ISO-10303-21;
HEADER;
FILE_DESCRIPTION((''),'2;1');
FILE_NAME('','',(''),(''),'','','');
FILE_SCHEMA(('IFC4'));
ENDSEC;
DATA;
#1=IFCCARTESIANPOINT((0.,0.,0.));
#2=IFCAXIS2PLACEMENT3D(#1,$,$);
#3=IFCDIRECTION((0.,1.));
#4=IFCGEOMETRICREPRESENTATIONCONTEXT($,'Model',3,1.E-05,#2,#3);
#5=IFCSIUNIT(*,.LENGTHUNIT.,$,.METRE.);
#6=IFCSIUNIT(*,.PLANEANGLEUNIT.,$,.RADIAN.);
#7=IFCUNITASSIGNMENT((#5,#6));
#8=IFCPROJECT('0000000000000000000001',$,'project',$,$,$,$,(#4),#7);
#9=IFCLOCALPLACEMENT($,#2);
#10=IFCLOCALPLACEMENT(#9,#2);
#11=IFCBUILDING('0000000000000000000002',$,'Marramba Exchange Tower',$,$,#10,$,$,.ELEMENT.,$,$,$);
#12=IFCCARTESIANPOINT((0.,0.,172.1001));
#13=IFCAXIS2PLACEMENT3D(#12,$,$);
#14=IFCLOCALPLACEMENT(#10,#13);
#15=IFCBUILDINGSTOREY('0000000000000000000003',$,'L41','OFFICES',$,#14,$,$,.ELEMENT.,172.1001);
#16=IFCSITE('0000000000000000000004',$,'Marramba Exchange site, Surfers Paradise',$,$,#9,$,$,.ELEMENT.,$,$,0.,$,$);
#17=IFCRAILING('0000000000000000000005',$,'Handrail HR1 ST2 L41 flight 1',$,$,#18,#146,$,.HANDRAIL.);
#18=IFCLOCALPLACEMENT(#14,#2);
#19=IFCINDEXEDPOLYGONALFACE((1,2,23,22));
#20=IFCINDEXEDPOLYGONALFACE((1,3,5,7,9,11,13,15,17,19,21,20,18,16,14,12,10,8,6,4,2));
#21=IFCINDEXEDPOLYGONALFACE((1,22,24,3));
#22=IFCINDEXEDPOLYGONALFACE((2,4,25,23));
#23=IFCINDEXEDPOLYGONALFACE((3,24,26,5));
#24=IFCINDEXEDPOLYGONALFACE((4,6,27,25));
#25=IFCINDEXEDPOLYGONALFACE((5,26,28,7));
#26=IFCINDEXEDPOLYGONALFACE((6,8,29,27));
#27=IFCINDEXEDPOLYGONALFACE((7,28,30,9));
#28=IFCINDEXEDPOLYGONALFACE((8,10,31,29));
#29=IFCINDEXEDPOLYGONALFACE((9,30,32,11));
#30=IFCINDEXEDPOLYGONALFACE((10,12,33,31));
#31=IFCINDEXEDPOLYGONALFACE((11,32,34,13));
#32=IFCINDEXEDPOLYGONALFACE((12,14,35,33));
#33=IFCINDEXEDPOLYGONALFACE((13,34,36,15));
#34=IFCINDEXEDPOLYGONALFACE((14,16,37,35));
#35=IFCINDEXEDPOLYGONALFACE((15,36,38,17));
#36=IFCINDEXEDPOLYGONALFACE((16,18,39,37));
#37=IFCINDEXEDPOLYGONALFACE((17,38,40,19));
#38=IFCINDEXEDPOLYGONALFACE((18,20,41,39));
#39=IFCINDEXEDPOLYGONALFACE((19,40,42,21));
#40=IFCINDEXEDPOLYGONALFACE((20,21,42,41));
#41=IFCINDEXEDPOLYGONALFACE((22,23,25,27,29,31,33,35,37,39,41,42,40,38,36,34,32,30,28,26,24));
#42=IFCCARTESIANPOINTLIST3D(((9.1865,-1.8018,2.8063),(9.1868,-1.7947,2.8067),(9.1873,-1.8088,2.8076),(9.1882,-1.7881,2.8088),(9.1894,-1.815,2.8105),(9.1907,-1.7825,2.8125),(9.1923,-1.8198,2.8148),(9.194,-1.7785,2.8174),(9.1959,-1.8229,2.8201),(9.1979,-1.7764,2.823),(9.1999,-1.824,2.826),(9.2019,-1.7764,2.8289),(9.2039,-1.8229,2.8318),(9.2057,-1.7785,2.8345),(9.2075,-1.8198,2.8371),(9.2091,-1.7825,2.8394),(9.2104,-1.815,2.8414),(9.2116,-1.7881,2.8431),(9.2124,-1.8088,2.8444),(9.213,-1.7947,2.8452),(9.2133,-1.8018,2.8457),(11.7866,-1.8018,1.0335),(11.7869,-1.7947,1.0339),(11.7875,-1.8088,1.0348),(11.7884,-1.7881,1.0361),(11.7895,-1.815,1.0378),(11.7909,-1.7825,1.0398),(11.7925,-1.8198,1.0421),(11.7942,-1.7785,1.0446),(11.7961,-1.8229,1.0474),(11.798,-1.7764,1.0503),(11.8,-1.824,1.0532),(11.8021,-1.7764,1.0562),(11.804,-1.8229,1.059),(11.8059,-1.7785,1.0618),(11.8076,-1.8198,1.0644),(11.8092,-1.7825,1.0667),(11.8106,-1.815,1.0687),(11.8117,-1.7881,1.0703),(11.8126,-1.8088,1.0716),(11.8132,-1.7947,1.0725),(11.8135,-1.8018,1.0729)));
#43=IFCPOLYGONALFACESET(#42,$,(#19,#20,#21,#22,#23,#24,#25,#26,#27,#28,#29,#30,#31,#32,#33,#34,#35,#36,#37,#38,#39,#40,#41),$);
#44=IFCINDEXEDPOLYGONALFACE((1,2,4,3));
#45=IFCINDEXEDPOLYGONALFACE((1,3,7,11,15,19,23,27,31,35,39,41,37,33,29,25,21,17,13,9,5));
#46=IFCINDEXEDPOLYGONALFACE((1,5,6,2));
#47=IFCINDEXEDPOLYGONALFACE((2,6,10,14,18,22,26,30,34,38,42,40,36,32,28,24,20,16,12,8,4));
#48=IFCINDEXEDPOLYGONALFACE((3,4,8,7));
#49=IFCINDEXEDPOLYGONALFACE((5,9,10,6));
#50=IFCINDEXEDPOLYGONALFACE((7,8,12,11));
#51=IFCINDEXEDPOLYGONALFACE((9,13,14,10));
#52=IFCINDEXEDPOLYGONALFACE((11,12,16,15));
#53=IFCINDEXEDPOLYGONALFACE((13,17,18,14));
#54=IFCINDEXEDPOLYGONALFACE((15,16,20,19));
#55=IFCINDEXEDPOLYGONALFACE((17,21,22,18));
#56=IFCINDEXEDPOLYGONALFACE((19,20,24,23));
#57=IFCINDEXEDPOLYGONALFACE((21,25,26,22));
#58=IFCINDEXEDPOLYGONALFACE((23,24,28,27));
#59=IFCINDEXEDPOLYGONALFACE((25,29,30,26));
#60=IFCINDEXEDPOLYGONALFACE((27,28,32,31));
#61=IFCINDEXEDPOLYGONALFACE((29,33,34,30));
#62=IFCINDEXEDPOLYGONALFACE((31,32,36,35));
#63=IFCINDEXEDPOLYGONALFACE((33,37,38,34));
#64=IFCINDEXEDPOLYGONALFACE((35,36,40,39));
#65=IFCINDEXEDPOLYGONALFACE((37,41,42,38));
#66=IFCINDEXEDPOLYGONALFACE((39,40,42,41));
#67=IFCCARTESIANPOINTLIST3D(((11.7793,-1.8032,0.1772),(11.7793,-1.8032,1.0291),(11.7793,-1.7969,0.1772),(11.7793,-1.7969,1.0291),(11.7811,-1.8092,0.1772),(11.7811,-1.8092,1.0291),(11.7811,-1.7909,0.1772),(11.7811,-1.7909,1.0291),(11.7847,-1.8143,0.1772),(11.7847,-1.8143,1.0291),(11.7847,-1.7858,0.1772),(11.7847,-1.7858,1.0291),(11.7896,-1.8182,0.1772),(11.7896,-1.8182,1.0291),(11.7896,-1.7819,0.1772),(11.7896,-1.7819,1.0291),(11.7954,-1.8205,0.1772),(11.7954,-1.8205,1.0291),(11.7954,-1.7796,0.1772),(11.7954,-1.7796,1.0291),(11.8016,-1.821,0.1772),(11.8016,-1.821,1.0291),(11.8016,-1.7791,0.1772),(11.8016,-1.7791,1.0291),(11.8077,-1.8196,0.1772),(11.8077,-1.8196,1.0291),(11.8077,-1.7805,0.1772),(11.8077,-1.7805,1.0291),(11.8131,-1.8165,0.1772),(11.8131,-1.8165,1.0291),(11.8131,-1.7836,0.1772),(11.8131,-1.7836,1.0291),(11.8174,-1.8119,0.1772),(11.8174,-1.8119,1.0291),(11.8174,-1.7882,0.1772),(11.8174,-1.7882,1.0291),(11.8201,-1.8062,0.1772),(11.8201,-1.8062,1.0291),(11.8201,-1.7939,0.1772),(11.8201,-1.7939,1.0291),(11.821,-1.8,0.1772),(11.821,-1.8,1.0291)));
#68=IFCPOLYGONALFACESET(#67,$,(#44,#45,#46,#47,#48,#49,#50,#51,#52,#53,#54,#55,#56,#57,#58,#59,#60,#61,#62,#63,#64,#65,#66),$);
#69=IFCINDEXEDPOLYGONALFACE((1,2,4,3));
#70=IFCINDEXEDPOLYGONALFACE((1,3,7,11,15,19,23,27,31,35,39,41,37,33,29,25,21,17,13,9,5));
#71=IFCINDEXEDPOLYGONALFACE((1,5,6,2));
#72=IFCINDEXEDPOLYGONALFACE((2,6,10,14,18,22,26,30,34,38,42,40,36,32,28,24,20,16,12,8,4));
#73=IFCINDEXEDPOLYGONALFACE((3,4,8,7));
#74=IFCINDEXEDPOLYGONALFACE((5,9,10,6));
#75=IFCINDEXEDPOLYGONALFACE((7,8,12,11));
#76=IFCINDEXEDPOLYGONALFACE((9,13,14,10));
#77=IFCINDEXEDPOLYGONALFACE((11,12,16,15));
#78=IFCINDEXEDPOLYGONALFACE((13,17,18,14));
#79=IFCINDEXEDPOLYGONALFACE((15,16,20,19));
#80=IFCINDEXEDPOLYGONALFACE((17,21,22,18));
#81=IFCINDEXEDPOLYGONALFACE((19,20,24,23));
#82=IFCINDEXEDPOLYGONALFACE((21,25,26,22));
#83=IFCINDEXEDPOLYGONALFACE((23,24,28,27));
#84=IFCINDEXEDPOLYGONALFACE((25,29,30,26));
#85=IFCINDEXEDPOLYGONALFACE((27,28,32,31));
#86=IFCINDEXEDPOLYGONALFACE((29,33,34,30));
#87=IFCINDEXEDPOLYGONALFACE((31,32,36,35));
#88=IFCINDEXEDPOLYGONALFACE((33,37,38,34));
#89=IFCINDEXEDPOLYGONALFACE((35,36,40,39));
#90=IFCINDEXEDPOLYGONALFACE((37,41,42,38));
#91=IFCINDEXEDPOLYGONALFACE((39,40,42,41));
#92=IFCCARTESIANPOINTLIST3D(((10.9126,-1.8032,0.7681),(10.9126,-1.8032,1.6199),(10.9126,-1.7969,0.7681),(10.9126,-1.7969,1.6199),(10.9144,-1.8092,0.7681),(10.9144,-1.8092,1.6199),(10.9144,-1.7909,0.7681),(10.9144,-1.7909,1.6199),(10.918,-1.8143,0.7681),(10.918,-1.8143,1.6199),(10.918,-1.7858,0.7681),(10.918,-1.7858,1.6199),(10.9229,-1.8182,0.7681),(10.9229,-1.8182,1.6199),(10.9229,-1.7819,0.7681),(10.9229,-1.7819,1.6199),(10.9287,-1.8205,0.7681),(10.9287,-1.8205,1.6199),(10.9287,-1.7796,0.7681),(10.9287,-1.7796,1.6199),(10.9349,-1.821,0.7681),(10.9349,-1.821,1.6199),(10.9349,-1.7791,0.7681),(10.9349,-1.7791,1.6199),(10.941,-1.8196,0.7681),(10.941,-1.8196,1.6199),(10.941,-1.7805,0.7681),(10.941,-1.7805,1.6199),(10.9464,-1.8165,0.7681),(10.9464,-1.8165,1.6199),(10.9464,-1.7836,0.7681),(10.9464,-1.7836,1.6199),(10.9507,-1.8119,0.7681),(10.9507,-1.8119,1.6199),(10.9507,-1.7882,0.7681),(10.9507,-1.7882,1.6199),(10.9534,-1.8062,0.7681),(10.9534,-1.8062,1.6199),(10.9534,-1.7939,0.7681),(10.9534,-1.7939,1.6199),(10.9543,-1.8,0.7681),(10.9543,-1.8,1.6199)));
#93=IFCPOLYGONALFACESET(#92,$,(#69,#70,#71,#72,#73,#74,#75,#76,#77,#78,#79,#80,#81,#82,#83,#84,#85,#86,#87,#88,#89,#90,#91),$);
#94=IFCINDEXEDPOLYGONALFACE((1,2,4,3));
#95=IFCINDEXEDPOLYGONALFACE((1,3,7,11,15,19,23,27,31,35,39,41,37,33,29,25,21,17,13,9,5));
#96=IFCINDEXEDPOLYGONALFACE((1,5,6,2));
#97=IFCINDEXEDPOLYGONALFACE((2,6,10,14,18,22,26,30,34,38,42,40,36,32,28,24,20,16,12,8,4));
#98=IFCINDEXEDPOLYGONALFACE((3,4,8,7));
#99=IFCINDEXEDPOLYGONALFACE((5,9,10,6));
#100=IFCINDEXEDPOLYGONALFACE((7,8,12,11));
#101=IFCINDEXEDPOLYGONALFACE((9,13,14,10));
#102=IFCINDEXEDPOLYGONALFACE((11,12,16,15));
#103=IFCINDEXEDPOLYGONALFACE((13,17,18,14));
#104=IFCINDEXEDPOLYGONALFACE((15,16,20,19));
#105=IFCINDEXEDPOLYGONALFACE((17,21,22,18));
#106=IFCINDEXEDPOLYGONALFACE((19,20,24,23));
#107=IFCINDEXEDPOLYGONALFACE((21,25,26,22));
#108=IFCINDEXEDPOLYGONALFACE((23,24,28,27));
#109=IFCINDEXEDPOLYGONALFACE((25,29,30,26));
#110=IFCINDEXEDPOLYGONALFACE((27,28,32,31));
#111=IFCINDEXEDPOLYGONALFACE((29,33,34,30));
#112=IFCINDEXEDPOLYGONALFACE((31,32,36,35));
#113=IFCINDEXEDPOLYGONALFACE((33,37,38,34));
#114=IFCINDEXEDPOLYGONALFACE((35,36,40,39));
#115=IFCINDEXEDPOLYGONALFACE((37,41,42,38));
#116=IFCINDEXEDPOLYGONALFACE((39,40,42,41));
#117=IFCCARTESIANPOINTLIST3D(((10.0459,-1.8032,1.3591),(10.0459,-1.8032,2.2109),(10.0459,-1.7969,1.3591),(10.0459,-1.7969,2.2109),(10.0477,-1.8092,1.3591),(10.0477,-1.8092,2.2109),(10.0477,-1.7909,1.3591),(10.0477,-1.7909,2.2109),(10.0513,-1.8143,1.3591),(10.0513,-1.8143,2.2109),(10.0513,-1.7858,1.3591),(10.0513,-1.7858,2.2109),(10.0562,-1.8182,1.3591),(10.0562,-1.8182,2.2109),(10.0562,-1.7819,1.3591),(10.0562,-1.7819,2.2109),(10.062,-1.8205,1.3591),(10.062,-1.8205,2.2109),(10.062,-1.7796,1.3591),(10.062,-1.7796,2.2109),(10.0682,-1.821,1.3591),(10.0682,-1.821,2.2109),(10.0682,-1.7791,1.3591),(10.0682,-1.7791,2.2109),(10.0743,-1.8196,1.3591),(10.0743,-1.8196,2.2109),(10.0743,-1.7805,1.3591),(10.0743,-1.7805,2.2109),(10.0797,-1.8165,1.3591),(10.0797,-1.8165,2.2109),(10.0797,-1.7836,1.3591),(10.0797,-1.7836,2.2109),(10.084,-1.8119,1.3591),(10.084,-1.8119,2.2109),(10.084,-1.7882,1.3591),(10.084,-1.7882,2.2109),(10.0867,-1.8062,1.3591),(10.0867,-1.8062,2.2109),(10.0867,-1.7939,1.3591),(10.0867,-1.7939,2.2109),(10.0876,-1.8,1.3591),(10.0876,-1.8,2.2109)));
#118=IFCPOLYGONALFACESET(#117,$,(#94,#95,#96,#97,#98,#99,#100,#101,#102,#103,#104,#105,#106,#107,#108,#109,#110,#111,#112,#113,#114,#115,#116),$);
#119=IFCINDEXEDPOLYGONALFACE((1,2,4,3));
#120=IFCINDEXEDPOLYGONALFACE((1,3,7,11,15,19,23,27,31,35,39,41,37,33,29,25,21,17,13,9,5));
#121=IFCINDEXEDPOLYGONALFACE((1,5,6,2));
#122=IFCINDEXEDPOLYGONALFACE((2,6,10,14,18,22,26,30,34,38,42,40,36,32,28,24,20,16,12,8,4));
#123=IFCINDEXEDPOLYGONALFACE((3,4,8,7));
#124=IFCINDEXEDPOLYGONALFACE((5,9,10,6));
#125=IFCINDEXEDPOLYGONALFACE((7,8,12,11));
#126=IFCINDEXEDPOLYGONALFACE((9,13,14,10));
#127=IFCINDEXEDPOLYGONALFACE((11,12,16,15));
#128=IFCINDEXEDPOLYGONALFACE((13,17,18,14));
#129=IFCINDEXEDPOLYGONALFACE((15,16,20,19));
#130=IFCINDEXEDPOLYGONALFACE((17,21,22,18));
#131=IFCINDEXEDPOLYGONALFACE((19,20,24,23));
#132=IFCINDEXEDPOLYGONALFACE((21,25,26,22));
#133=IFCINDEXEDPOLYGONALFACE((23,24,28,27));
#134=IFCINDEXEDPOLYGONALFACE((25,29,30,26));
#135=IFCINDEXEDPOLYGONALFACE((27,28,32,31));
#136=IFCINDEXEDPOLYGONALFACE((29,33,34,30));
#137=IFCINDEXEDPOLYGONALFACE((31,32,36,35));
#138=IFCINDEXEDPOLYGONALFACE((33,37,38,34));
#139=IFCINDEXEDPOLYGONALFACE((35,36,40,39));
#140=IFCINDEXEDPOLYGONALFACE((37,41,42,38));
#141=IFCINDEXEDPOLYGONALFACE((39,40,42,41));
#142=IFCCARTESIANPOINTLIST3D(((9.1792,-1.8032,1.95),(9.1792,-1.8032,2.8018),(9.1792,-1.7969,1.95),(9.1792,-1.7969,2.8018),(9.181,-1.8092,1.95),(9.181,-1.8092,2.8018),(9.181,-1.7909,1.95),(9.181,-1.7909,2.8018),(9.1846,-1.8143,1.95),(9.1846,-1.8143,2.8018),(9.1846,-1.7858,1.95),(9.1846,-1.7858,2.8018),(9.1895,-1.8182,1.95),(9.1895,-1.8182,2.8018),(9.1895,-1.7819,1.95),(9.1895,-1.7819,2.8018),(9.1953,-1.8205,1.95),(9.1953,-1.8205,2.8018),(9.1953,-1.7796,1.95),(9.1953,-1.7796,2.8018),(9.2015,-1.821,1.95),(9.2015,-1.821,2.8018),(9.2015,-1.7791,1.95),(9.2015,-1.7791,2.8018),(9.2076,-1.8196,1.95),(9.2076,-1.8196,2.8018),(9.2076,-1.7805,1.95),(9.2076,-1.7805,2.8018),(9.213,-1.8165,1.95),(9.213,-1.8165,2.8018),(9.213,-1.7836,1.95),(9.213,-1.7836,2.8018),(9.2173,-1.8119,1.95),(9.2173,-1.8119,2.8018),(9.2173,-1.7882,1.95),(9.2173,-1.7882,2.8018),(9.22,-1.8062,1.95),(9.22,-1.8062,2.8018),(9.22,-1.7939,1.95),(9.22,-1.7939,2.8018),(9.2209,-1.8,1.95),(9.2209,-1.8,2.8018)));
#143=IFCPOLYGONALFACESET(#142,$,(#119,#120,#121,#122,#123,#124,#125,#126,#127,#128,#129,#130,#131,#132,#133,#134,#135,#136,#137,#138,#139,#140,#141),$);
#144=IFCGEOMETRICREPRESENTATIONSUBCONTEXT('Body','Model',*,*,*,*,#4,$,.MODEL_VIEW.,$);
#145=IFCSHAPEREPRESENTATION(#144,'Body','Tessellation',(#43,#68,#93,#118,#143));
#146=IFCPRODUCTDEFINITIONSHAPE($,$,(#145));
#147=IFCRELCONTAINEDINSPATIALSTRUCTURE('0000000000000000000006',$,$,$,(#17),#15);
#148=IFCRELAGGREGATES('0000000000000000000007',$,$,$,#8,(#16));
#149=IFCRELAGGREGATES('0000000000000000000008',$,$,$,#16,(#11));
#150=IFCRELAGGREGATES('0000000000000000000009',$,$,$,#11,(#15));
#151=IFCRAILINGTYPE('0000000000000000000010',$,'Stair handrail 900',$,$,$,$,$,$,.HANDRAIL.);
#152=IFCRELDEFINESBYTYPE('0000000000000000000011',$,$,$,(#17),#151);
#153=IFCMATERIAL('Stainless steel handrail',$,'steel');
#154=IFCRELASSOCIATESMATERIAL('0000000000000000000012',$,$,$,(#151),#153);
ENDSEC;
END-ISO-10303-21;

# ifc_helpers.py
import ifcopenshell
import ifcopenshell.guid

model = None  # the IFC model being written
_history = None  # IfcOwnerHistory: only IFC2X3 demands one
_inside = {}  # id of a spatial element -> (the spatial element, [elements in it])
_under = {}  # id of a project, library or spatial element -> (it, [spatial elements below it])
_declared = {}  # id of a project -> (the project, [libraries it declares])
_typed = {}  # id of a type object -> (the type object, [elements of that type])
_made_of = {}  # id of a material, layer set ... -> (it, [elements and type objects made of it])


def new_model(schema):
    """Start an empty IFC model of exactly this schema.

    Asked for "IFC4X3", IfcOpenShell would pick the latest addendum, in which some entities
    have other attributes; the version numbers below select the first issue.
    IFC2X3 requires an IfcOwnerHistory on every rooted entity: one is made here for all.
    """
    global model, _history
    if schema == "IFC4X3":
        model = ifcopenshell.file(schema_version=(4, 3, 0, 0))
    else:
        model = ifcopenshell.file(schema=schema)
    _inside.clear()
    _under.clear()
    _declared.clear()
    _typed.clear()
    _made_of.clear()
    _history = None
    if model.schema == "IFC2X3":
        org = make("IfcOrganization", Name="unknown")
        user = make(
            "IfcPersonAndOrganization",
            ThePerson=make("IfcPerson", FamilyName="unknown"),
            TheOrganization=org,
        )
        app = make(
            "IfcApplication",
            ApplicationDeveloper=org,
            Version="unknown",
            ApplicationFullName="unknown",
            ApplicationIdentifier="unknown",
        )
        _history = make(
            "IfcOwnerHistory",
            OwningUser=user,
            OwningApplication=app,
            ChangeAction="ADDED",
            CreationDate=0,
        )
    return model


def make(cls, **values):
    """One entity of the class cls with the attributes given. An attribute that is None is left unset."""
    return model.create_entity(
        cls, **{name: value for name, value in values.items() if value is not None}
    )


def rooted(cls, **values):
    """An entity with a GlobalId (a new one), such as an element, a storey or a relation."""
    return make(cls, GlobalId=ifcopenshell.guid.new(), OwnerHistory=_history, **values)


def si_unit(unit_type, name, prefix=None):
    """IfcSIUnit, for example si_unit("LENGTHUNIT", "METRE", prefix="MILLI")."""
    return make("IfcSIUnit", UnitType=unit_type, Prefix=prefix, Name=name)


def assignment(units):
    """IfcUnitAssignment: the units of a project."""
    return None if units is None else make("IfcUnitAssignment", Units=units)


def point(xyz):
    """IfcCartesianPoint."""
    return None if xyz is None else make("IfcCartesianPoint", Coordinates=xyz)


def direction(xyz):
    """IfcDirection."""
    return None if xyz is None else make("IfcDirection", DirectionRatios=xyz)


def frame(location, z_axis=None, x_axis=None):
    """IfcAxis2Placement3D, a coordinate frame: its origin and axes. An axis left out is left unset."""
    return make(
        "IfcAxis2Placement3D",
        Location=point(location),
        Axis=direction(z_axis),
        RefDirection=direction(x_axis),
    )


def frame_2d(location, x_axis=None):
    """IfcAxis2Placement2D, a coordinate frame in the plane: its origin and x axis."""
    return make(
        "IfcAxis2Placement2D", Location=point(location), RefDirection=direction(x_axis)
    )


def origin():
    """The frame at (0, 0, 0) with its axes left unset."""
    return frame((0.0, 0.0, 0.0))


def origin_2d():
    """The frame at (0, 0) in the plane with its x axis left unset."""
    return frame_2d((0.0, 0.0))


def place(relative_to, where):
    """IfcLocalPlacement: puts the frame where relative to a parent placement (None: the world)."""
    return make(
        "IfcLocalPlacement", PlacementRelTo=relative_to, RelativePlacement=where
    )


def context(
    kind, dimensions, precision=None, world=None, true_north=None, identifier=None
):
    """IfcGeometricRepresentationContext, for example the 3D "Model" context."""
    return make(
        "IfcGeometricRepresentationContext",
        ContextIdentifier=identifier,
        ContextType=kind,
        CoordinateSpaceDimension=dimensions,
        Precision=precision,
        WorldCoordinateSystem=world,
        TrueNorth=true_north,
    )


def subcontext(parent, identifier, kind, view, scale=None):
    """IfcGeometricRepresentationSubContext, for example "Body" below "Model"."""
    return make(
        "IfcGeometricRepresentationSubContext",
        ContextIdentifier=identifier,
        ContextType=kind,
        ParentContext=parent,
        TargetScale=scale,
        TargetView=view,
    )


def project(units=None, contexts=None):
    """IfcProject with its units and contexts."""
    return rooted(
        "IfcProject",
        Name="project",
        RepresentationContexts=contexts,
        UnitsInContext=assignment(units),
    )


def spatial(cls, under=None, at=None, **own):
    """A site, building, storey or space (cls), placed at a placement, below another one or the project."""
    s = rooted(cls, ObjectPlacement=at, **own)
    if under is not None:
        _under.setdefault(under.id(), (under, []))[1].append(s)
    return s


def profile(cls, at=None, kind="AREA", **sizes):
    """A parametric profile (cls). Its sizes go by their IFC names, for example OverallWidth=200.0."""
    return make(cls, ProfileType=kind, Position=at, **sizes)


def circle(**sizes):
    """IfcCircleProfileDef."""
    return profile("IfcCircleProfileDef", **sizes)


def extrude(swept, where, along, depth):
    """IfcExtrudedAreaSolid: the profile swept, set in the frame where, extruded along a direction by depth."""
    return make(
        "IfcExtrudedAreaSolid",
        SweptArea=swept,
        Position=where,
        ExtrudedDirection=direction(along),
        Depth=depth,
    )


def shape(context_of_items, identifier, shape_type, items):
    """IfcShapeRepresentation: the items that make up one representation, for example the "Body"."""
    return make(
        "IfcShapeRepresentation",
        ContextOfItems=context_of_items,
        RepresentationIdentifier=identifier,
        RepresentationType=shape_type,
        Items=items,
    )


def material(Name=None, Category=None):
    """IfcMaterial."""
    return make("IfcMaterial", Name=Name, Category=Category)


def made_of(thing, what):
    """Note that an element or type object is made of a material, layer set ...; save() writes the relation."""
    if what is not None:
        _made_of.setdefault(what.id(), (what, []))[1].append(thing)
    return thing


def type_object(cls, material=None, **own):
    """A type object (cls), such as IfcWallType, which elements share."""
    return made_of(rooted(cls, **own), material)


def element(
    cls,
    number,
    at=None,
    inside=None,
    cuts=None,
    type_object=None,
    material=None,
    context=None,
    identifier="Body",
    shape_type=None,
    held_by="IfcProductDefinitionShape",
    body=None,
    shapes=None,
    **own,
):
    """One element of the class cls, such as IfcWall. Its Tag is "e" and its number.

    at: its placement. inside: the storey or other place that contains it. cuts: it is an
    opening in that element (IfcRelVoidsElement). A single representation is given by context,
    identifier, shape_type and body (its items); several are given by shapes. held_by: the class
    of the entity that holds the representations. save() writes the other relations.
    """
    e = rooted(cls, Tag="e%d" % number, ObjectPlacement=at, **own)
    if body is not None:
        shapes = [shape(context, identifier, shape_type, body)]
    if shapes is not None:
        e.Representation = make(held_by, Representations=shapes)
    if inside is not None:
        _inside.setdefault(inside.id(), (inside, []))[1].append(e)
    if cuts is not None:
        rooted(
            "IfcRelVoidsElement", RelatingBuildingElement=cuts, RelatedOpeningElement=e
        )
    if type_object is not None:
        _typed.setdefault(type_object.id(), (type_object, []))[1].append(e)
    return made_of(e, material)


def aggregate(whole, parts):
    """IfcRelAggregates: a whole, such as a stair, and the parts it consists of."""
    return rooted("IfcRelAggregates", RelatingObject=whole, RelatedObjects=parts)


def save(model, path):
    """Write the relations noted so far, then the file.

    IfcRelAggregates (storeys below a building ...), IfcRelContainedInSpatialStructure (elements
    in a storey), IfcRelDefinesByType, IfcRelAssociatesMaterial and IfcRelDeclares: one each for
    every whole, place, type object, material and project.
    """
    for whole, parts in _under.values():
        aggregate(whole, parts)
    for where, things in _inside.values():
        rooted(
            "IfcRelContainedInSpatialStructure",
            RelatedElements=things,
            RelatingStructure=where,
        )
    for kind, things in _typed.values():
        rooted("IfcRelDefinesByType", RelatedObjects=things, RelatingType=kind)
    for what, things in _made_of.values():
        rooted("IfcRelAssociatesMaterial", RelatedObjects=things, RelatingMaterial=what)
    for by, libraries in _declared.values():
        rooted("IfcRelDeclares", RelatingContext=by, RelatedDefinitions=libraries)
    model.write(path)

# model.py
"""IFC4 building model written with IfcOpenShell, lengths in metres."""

from ifc_helpers import new_model, si_unit, direction, frame, origin, origin_2d, place, context, subcontext, project, spatial, circle, extrude, material, type_object, element, save


model = new_model("IFC4")

# Units and contexts
model_context = context("Model", 3, precision=1e-05, world=origin(), true_north=direction((0.0, 1.0)))
body_context = subcontext(model_context, "Body", "Model", "MODEL_VIEW")
ifc_project = project(units=[si_unit("LENGTHUNIT", "METRE"), si_unit("PLANEANGLEUNIT", "RADIAN")], contexts=[model_context])

# Site, building, storey
site_placement = place(None, origin())
site = spatial("IfcSite", under=ifc_project, at=site_placement, Name="Marramba Exchange site, Surfers Paradise", CompositionType="ELEMENT", RefElevation=0.0)
building_placement = place(site_placement, origin())
building = spatial("IfcBuilding", under=site, at=building_placement, Name="Marramba Exchange Tower", CompositionType="ELEMENT")
storey_placement = place(building_placement, frame((0.0, 0.0, 172.1001)))
storey = spatial("IfcBuildingStorey", under=building, at=storey_placement, Name="L41", Description="OFFICES", CompositionType="ELEMENT", Elevation=172.1001)

# Railing
ifc_material_1 = material(Name="Stainless steel handrail", Category="steel")
railing_type = type_object("IfcRailingType", Name="Stair handrail 900", PredefinedType="HANDRAIL", material=ifc_material_1)
railing_placement = place(storey_placement, frame((11.8, -1.8, 0.1772)))
element("IfcRailing", 1, at=railing_placement, inside=storey, type_object=railing_type, Name="Handrail HR1 ST2 L41 flight 1", PredefinedType="HANDRAIL", context=body_context, shape_type="SweptSolid", body=[
    extrude(circle(Radius=0.0239, at=origin_2d()), frame((0.0, 0.0, 0.876), z_axis=(-0.82624, 0.0, 0.563318), x_axis=(0.0, -1.0, 0.0)), (0.0, 0.0, 1.0), 3.147),
    extrude(circle(Radius=0.021, at=origin_2d()), origin(), (0.0, 0.0, 1.0), 0.8518),
    extrude(circle(Radius=0.021, at=origin_2d()), frame((-0.8667, 0.0, 0.5908)), (0.0, 0.0, 1.0), 0.8518),
    extrude(circle(Radius=0.021, at=origin_2d()), frame((-1.7334, 0.0, 1.1819)), (0.0, 0.0, 1.0), 0.8518),
    extrude(circle(Radius=0.021, at=origin_2d()), frame((-2.6001, 0.0, 1.7727)), (0.0, 0.0, 1.0), 0.8518),
])

save(model, "model.ifc")
